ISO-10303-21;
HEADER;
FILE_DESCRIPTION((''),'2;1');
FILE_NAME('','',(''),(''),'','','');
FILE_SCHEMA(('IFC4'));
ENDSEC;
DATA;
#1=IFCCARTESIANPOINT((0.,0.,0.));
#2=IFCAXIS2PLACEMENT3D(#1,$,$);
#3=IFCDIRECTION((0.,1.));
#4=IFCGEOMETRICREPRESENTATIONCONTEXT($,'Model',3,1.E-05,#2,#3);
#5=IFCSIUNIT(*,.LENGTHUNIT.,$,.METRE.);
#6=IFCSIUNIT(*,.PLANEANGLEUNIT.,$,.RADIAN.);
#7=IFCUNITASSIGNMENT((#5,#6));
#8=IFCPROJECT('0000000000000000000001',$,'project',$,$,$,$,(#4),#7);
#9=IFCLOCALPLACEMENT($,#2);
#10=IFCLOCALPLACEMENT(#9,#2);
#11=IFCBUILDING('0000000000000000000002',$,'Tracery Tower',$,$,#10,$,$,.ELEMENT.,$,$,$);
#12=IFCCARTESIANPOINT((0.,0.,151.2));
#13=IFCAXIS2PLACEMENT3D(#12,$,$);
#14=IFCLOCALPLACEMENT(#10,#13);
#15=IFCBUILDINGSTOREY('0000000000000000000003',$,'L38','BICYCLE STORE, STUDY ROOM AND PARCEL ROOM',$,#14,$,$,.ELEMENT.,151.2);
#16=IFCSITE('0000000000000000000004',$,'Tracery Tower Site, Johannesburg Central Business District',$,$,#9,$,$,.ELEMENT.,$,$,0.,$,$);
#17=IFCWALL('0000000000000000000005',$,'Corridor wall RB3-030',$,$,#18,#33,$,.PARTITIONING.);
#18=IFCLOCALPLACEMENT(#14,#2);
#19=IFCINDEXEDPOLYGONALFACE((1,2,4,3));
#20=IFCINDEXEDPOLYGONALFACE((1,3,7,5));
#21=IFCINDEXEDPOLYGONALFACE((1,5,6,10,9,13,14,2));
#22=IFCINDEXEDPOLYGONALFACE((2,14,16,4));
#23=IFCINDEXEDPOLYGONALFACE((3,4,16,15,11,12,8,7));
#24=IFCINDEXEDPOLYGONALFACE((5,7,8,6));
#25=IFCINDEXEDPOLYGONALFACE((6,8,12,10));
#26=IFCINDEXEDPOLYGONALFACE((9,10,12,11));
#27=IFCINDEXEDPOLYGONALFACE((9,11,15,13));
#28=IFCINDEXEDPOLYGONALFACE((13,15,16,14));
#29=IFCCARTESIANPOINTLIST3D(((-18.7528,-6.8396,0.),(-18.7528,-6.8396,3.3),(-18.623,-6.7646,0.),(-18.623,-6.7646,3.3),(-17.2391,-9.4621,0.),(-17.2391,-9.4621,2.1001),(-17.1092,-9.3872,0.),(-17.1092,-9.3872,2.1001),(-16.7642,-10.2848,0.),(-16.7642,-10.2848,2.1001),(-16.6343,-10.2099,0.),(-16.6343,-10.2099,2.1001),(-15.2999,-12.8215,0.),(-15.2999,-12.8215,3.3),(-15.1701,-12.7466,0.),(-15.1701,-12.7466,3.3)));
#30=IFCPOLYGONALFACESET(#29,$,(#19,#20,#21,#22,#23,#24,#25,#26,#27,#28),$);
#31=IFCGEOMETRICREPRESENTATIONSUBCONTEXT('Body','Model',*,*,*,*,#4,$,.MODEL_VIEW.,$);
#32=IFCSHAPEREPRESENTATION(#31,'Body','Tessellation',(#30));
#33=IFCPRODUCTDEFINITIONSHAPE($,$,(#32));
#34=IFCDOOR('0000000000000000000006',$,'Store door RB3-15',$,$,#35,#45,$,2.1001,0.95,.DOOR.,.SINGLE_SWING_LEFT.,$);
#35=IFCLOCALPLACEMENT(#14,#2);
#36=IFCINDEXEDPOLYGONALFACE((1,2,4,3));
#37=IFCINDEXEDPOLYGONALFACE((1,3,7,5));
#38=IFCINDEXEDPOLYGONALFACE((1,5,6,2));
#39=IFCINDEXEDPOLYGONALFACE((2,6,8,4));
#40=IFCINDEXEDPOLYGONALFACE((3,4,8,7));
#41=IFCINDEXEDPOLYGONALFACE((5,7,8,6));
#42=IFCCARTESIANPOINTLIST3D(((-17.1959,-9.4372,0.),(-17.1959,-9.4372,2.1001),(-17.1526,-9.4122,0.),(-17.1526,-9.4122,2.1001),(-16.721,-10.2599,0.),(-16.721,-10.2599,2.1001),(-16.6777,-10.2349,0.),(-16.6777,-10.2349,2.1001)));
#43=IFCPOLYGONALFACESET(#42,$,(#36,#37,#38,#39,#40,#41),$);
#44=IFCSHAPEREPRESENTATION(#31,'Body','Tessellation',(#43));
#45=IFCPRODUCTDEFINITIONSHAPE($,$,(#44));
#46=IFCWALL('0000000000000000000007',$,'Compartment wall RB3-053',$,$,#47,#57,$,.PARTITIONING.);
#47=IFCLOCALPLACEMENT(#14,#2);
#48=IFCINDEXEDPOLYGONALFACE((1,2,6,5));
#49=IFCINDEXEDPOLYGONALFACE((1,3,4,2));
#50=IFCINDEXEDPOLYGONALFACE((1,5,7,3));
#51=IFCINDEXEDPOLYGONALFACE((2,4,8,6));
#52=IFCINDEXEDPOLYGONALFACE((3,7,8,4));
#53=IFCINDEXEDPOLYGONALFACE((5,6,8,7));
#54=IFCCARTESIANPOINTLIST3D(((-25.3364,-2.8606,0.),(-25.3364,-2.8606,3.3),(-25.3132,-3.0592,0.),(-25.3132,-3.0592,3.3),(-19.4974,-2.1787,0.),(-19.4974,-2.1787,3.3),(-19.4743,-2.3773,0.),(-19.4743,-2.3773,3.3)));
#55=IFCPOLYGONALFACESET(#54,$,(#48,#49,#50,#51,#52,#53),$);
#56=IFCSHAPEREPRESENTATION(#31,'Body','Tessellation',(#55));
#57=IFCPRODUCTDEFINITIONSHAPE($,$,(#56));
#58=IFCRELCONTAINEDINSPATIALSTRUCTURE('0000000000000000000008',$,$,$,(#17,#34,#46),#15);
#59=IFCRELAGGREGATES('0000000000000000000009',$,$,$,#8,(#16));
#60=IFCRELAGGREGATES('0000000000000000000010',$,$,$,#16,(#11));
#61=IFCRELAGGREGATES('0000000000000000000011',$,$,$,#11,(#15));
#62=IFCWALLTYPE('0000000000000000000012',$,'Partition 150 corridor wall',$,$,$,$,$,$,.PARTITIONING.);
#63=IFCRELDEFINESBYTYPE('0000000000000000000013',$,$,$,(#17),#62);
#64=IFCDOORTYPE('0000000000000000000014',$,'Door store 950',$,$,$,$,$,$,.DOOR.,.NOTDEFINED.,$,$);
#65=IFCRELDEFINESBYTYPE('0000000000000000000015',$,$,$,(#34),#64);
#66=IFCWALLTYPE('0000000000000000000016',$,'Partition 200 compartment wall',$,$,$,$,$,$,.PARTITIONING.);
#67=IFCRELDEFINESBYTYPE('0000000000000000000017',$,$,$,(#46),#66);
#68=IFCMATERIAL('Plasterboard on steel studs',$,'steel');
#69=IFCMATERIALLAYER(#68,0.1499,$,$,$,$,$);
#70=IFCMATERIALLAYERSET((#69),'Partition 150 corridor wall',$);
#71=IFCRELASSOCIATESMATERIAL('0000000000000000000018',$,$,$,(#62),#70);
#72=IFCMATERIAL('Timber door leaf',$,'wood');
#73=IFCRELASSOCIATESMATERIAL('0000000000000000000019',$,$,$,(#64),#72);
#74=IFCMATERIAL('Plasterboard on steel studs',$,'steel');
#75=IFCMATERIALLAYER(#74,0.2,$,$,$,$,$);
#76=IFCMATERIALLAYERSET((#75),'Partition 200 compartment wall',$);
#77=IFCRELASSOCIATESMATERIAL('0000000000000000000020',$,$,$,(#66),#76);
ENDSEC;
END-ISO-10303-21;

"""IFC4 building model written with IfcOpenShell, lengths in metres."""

from ifc_helpers import new_model, si_unit, direction, frame, frame_2d, origin, place, context, subcontext, project, spatial, rectangle, extrude, material, layer, layer_set, type_object, element, fill, save


model = new_model("IFC4")

# Units and contexts
model_context = context("Model", 3, precision=1e-05, world=origin(), true_north=direction((0.0, 1.0)))
body_context = subcontext(model_context, "Body", "Model", "MODEL_VIEW")
ifc_project = project(units=[si_unit("LENGTHUNIT", "METRE"), si_unit("PLANEANGLEUNIT", "RADIAN")], contexts=[model_context])

# Site, building, storey
site_placement = place(None, origin())
site = spatial("IfcSite", under=ifc_project, at=site_placement, Name="Tracery Tower Site, Johannesburg Central Business District", CompositionType="ELEMENT", RefElevation=0.0)
building_placement = place(site_placement, origin())
building = spatial("IfcBuilding", under=site, at=building_placement, Name="Tracery Tower", CompositionType="ELEMENT")
storey_placement = place(building_placement, frame((0.0, 0.0, 151.2)))
storey = spatial("IfcBuildingStorey", under=building, at=storey_placement, Name="L38", Description="BICYCLE STORE, STUDY ROOM AND PARCEL ROOM", CompositionType="ELEMENT", Elevation=151.2)

# Shared definitions
ifc_material_1 = material(Name="Plasterboard on steel studs", Category="steel")
ifc_layer_1 = layer(ifc_material_1, 0.1499)
ifc_layer_set_1 = layer_set([ifc_layer_1], Name="Partition 150 corridor wall")
wall_type_1 = type_object("IfcWallType", Name="Partition 150 corridor wall", PredefinedType="PARTITIONING", material=ifc_layer_set_1)

# Wall, opening, door
wall_1_placement = place(storey_placement, frame((-18.688, -6.802, 0.0), z_axis=(0.0, 0.0, 1.0), x_axis=(0.499914, -0.866075, 0.0)))
wall_1 = element("IfcWall", 1, at=wall_1_placement, inside=storey, type_object=wall_type_1, Name="Corridor wall RB3-030", PredefinedType="PARTITIONING", context=body_context, shape_type="SweptSolid", body=[
    extrude(rectangle(XDim=6.907, YDim=0.1499, at=frame_2d((3.4536, 0.0))), origin(), (0.0, 0.0, 1.0), 3.3),
])
opening_1_placement = place(wall_1_placement, frame((3.0281, 0.0, 0.0)))
opening_1 = element("IfcOpeningElement", 2, at=opening_1_placement, cuts=wall_1, PredefinedType="OPENING", context=body_context, shape_type="SweptSolid", body=[
    extrude(rectangle(XDim=0.95, YDim=2.1001, at=frame_2d((0.4751, 1.05))), frame((0.0, 0.075, 0.0), z_axis=(0.0, -1.0, 0.0), x_axis=(1.0, 0.0, 0.0)), (0.0, 0.0, 1.0), 0.1499),
])
ifc_material_2 = material(Name="Timber door leaf", Category="wood")
door_type_1 = type_object("IfcDoorType", Name="Door store 950", OperationType="NOTDEFINED", PredefinedType="DOOR", material=ifc_material_2)
door_1_placement = place(opening_1_placement, origin())
door_1 = element("IfcDoor", 3, at=door_1_placement, inside=storey, type_object=door_type_1, Name="Store door RB3-15", OperationType="SINGLE_SWING_LEFT", OverallHeight=2.1001, OverallWidth=0.95, PredefinedType="DOOR", context=body_context, shape_type="SweptSolid", body=[
    extrude(rectangle(XDim=0.95, YDim=2.1001, at=frame_2d((0.4751, 1.05))), frame((0.0, 0.0249, 0.0), z_axis=(0.0, -1.0, 0.0), x_axis=(1.0, 0.0, 0.0)), (0.0, 0.0, 1.0), 0.05),
])
fill(opening_1, door_1)

# Wall
ifc_material_3 = material(Name="Plasterboard on steel studs", Category="steel")
ifc_layer_2 = layer(ifc_material_3, 0.2)
ifc_layer_set_2 = layer_set([ifc_layer_2], Name="Partition 200 compartment wall")
wall_type_2 = type_object("IfcWallType", Name="Partition 200 compartment wall", PredefinedType="PARTITIONING", material=ifc_layer_set_2)
wall_2_placement = place(storey_placement, frame((-25.325, -2.96, 0.0), z_axis=(0.0, 0.0, 1.0), x_axis=(0.99325, 0.115995, 0.0)))
element("IfcWall", 4, at=wall_2_placement, inside=storey, type_object=wall_type_2, Name="Compartment wall RB3-053", PredefinedType="PARTITIONING", context=body_context, shape_type="SweptSolid", body=[
    extrude(rectangle(XDim=5.8787, YDim=0.2, at=frame_2d((2.9395, 0.0))), origin(), (0.0, 0.0, 1.0), 3.3),
])

save(model, "model.ifc")
